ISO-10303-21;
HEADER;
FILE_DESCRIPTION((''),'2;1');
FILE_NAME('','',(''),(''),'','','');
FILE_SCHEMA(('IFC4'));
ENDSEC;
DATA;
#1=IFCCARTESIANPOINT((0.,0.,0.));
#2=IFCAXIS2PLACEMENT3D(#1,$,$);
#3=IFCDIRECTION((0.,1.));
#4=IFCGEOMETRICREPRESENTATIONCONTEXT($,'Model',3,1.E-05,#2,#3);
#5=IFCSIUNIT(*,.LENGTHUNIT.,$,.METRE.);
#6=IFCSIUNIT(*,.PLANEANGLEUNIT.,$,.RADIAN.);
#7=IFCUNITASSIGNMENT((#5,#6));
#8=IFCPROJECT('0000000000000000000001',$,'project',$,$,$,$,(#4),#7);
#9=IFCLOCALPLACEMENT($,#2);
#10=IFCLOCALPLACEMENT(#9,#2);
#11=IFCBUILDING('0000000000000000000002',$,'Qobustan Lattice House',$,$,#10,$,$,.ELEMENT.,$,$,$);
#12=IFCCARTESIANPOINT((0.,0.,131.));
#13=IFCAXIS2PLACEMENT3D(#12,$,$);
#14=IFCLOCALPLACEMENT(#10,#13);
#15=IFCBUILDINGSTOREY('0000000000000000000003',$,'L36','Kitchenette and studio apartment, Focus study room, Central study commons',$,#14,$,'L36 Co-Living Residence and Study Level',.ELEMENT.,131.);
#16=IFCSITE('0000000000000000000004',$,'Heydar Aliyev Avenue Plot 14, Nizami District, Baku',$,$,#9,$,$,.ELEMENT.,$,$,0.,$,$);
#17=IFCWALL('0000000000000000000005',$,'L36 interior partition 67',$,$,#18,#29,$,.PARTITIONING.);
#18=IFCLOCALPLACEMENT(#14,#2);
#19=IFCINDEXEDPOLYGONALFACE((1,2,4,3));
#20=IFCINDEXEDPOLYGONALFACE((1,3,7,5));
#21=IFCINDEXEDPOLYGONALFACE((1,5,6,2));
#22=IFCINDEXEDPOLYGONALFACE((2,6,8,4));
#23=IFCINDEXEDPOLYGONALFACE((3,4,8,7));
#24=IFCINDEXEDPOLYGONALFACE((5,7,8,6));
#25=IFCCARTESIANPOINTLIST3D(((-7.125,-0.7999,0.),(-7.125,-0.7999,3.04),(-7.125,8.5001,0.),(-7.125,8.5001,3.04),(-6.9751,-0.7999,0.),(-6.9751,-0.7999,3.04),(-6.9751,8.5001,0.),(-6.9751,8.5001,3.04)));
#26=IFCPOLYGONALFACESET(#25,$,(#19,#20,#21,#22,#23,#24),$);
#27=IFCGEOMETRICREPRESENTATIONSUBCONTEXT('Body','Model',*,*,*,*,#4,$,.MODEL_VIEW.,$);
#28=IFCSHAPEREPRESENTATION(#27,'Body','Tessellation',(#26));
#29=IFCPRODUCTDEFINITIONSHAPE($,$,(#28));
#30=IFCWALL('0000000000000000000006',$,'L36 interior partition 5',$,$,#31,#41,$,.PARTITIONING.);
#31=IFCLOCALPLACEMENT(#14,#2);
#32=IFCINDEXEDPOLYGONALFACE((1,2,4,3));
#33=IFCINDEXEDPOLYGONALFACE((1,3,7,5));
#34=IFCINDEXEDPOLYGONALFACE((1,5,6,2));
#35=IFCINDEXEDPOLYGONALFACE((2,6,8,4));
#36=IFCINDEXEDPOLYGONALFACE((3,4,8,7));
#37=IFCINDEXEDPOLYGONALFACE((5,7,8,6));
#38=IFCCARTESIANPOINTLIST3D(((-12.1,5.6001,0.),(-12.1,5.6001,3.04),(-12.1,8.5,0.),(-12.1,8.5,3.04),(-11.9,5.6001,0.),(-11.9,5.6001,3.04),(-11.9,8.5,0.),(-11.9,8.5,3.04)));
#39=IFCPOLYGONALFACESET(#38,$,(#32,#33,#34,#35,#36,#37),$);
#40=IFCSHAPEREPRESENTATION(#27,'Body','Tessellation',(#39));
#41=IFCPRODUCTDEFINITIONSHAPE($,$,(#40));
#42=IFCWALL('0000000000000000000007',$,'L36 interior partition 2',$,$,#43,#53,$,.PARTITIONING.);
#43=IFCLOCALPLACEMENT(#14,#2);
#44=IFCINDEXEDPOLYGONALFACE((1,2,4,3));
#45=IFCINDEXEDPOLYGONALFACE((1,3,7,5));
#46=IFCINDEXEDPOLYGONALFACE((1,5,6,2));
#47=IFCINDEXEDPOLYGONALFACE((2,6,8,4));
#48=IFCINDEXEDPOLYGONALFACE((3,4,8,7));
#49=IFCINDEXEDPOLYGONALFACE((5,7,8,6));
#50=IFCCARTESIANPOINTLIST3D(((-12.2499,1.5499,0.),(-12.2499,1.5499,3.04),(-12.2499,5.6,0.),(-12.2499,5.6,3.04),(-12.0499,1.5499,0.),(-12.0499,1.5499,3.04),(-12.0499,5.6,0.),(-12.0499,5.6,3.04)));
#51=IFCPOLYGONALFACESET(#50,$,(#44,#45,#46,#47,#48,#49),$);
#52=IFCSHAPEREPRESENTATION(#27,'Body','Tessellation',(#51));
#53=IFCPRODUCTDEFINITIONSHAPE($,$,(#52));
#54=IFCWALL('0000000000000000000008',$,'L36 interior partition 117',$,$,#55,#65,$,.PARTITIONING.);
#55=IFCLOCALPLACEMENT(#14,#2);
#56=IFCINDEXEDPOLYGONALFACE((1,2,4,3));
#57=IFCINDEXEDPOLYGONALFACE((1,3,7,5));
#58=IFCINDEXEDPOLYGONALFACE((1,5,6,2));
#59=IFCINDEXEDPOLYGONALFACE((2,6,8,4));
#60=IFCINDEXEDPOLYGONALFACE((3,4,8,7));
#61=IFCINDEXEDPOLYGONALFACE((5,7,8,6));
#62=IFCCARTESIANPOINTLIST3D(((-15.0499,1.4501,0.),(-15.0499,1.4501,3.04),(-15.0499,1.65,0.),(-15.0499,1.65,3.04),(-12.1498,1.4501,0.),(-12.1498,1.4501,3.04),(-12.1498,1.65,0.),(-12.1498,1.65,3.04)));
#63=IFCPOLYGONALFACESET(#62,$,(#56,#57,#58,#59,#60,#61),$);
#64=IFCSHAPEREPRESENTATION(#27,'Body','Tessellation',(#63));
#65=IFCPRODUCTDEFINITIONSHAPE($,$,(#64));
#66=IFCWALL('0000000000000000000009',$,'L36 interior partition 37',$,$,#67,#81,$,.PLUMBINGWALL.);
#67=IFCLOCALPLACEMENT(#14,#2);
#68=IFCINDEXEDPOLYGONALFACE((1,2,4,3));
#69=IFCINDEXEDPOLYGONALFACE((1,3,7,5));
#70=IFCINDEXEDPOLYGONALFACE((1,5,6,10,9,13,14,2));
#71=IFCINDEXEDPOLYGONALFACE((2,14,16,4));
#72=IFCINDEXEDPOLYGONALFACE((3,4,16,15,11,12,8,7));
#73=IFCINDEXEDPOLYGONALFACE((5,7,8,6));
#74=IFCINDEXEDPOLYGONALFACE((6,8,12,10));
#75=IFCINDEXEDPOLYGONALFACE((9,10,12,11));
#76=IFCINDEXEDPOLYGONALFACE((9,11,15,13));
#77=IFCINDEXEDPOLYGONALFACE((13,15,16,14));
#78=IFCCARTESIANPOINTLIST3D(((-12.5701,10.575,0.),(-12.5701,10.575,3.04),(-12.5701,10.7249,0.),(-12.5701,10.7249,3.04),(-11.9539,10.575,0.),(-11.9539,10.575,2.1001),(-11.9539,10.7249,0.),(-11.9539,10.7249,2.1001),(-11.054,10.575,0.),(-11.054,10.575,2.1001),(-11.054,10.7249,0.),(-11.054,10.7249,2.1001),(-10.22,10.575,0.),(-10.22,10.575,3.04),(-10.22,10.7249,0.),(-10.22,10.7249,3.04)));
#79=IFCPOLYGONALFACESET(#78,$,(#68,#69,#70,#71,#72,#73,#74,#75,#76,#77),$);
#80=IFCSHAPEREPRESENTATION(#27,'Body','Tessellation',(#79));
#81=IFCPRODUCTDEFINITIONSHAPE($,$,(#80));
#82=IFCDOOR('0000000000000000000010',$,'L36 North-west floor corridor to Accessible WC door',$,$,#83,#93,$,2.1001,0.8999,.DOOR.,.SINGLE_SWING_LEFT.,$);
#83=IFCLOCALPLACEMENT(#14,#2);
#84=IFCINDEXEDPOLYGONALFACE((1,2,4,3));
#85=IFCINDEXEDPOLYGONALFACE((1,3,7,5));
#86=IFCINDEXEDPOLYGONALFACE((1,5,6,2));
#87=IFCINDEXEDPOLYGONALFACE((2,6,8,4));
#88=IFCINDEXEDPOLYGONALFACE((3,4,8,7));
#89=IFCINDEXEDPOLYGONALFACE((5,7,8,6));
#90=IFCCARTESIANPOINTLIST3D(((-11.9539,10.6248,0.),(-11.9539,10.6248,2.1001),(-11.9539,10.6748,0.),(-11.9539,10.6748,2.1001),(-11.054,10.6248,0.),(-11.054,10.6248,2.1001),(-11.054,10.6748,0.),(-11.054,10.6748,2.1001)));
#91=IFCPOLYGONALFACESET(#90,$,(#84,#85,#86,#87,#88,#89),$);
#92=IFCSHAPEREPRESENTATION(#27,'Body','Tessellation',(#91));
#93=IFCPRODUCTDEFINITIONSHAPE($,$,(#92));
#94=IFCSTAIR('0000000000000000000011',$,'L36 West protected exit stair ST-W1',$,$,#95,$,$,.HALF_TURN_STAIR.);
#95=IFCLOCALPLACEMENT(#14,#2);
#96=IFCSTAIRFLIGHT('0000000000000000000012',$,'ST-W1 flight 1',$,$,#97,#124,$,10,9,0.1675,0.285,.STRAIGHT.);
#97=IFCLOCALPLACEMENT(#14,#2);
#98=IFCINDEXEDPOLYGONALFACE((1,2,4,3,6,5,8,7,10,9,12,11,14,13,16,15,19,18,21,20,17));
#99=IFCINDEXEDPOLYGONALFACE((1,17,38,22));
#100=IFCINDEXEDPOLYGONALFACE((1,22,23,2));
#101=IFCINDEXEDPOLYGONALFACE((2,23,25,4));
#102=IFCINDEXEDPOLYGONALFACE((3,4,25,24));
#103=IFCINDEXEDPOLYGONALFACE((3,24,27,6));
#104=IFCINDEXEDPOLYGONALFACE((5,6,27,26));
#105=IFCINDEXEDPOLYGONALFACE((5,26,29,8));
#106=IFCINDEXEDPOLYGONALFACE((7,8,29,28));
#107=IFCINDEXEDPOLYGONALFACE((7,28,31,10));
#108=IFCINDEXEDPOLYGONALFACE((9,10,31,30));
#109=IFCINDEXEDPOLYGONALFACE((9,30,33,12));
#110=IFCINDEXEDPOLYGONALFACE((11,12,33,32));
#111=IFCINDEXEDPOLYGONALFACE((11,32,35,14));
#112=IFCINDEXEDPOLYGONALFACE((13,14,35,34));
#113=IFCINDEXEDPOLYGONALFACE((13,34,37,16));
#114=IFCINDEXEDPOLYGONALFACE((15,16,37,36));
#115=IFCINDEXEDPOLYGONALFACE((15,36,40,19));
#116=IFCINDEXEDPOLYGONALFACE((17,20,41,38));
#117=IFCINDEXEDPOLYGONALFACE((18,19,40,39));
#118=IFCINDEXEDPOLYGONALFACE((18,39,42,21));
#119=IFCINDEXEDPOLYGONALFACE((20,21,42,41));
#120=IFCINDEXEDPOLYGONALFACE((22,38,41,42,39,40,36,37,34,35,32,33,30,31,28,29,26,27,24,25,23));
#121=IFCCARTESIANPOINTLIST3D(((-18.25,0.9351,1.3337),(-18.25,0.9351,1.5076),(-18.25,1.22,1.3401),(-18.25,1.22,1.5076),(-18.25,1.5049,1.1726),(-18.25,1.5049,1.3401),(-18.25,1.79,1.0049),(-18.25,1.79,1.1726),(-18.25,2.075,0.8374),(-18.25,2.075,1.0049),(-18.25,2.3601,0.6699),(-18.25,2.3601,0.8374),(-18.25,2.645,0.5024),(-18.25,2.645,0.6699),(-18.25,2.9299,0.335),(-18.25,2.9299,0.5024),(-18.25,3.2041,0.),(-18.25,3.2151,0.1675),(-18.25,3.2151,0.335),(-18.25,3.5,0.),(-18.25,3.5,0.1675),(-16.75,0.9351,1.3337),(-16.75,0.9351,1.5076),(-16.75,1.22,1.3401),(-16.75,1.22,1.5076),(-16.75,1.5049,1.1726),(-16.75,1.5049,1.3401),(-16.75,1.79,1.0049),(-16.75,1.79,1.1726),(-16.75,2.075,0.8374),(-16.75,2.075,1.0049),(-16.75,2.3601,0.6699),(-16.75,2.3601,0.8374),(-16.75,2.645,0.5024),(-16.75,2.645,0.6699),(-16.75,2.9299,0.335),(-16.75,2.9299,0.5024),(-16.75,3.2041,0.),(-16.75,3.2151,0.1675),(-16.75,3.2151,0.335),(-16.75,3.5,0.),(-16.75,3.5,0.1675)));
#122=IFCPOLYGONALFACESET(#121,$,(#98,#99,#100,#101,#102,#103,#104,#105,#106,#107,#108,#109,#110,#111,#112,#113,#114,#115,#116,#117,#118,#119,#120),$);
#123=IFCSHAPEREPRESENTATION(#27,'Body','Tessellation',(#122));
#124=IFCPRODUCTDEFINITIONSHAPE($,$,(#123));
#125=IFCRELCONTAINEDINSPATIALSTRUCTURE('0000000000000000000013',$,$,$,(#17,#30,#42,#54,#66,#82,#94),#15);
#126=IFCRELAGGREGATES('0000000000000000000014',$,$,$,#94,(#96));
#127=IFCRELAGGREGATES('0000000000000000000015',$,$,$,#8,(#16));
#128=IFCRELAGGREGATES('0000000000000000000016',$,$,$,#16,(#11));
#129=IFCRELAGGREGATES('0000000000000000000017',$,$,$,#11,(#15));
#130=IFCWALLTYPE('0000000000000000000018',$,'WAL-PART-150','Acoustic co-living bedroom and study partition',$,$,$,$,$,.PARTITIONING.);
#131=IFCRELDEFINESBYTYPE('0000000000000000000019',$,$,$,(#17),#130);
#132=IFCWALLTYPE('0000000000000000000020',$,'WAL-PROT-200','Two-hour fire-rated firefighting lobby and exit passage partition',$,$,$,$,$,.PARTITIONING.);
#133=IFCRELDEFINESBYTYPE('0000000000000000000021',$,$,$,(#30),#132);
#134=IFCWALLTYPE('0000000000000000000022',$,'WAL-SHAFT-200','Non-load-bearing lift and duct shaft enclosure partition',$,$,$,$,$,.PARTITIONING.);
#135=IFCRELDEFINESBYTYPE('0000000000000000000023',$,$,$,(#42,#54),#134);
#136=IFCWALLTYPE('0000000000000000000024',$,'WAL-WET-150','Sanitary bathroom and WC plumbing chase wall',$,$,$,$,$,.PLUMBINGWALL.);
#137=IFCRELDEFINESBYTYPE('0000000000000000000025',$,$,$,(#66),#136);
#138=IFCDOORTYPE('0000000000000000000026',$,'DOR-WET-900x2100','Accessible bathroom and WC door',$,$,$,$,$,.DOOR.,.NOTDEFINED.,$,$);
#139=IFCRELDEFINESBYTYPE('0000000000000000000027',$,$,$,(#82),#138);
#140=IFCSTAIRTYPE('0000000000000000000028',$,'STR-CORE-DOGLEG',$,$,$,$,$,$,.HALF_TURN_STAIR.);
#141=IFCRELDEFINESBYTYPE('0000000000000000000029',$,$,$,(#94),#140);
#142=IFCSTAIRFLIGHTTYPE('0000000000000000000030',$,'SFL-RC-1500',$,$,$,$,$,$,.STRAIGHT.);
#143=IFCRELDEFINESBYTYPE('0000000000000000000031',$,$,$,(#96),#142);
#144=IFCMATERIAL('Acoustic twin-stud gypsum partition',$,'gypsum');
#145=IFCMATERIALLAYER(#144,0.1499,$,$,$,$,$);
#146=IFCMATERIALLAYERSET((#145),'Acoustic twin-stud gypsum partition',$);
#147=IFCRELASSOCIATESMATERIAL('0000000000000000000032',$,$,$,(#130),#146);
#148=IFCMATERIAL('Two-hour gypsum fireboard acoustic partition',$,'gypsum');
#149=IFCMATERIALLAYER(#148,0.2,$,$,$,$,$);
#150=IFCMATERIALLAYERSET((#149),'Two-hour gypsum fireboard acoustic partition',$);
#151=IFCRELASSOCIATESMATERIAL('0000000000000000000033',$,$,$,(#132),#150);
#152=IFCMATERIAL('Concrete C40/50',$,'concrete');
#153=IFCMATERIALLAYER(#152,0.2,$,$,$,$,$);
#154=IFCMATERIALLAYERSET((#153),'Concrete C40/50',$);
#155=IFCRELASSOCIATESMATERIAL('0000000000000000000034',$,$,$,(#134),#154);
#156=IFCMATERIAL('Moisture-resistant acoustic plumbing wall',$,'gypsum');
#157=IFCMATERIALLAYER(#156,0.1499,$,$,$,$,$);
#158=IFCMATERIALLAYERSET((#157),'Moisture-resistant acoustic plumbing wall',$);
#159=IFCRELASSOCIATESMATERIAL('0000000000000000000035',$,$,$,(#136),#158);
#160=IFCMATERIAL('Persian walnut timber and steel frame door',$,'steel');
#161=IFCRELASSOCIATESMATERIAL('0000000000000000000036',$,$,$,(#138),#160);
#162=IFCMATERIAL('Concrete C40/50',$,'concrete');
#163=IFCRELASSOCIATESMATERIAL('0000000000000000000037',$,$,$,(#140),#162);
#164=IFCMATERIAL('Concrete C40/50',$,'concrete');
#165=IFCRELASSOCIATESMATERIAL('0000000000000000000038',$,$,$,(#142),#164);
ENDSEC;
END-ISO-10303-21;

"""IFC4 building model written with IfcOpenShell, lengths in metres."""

from ifc_helpers import new_model, si_unit, direction, frame, frame_2d, origin, place, context, subcontext, project, spatial, polyline, rectangle, outline, extrude, material, layer, layer_set, type_object, element, fill, aggregate, save


model = new_model("IFC4")

# Units and contexts
model_context = context("Model", 3, precision=1e-05, world=origin(), true_north=direction((0.0, 1.0)))
body_context = subcontext(model_context, "Body", "Model", "MODEL_VIEW")
ifc_project = project(units=[si_unit("LENGTHUNIT", "METRE"), si_unit("PLANEANGLEUNIT", "RADIAN")], contexts=[model_context])

# Site, building, storey
site_placement = place(None, origin())
site = spatial("IfcSite", under=ifc_project, at=site_placement, Name="Heydar Aliyev Avenue Plot 14, Nizami District, Baku", CompositionType="ELEMENT", RefElevation=0.0)
building_placement = place(site_placement, origin())
building = spatial("IfcBuilding", under=site, at=building_placement, Name="Qobustan Lattice House", CompositionType="ELEMENT")
storey_placement = place(building_placement, frame((0.0, 0.0, 131.0)))
storey = spatial("IfcBuildingStorey", under=building, at=storey_placement, Name="L36", Description="Kitchenette and studio apartment, Focus study room, Central study commons", LongName="L36 Co-Living Residence and Study Level", CompositionType="ELEMENT", Elevation=131.0)

# Shared definitions
ifc_material_1 = material(Name="Acoustic twin-stud gypsum partition", Category="gypsum")
ifc_layer_1 = layer(ifc_material_1, 0.1499)
ifc_layer_set_1 = layer_set([ifc_layer_1], Name="Acoustic twin-stud gypsum partition")
wall_type_1 = type_object("IfcWallType", Name="WAL-PART-150", Description="Acoustic co-living bedroom and study partition", PredefinedType="PARTITIONING", material=ifc_layer_set_1)

# Wall
wall_1_placement = place(storey_placement, frame((-7.05, 8.5, 0.0), z_axis=(0.0, 0.0, 1.0), x_axis=(0.0, -1.0, 0.0)))
element("IfcWall", 1, at=wall_1_placement, inside=storey, type_object=wall_type_1, Name="L36 interior partition 67", PredefinedType="PARTITIONING", context=body_context, shape_type="SweptSolid", body=[
    extrude(rectangle(XDim=9.3, YDim=0.1499, at=frame_2d((4.6499, 0.0))), origin(), (0.0, 0.0, 1.0), 3.04),
])

# Shared definitions
ifc_material_2 = material(Name="Two-hour gypsum fireboard acoustic partition", Category="gypsum")
ifc_layer_2 = layer(ifc_material_2, 0.2)
ifc_layer_set_2 = layer_set([ifc_layer_2], Name="Two-hour gypsum fireboard acoustic partition")
wall_type_2 = type_object("IfcWallType", Name="WAL-PROT-200", Description="Two-hour fire-rated firefighting lobby and exit passage partition", PredefinedType="PARTITIONING", material=ifc_layer_set_2)

# Walls
wall_2_placement = place(storey_placement, frame((-12.0, 5.6001, 0.0), z_axis=(0.0, 0.0, 1.0), x_axis=(0.0, 1.0, 0.0)))
element("IfcWall", 2, at=wall_2_placement, inside=storey, type_object=wall_type_2, Name="L36 interior partition 5", PredefinedType="PARTITIONING", context=body_context, shape_type="SweptSolid", body=[
    extrude(rectangle(XDim=2.8999, YDim=0.2, at=frame_2d((1.45, 0.0))), origin(), (0.0, 0.0, 1.0), 3.04),
])
ifc_material_3 = material(Name="Concrete C40/50", Category="concrete")
ifc_layer_3 = layer(ifc_material_3, 0.2)
ifc_layer_set_3 = layer_set([ifc_layer_3], Name="Concrete C40/50")
wall_type_3 = type_object("IfcWallType", Name="WAL-SHAFT-200", Description="Non-load-bearing lift and duct shaft enclosure partition", PredefinedType="PARTITIONING", material=ifc_layer_set_3)
wall_3_placement = place(storey_placement, frame((-12.1499, 1.55, 0.0), z_axis=(0.0, 0.0, 1.0), x_axis=(0.0, 1.0, 0.0)))
element("IfcWall", 3, at=wall_3_placement, inside=storey, type_object=wall_type_3, Name="L36 interior partition 2", PredefinedType="PARTITIONING", context=body_context, shape_type="SweptSolid", body=[
    extrude(rectangle(XDim=4.05, YDim=0.2, at=frame_2d((2.0249, 0.0))), origin(), (0.0, 0.0, 1.0), 3.04),
])
wall_4_placement = place(storey_placement, frame((-15.05, 1.55, 0.0), z_axis=(0.0, 0.0, 1.0), x_axis=(1.0, 0.0, 0.0)))
element("IfcWall", 4, at=wall_4_placement, inside=storey, type_object=wall_type_3, Name="L36 interior partition 117", PredefinedType="PARTITIONING", context=body_context, shape_type="SweptSolid", body=[
    extrude(rectangle(XDim=2.9001, YDim=0.2, at=frame_2d((1.4502, 0.0))), origin(), (0.0, 0.0, 1.0), 3.04),
])

# Wall, opening, door
ifc_material_4 = material(Name="Moisture-resistant acoustic plumbing wall", Category="gypsum")
ifc_layer_4 = layer(ifc_material_4, 0.1499)
ifc_layer_set_4 = layer_set([ifc_layer_4], Name="Moisture-resistant acoustic plumbing wall")
wall_type_4 = type_object("IfcWallType", Name="WAL-WET-150", Description="Sanitary bathroom and WC plumbing chase wall", PredefinedType="PLUMBINGWALL", material=ifc_layer_set_4)
wall_5_placement = place(storey_placement, frame((-12.5701, 10.6499, 0.0), z_axis=(0.0, 0.0, 1.0), x_axis=(1.0, 0.0, 0.0)))
wall_5 = element("IfcWall", 5, at=wall_5_placement, inside=storey, type_object=wall_type_4, Name="L36 interior partition 37", PredefinedType="PLUMBINGWALL", context=body_context, shape_type="SweptSolid", body=[
    extrude(rectangle(XDim=2.3501, YDim=0.1499, at=frame_2d((1.175, 0.0))), origin(), (0.0, 0.0, 1.0), 3.04),
])
opening_1_placement = place(wall_5_placement, frame((0.6162, 0.0, 0.0)))
opening_1 = element("IfcOpeningElement", 6, at=opening_1_placement, cuts=wall_5, PredefinedType="OPENING", context=body_context, shape_type="SweptSolid", body=[
    extrude(rectangle(XDim=0.8999, YDim=2.1001, at=frame_2d((0.45, 1.05))), frame((0.0, 0.085, 0.0), z_axis=(0.0, -1.0, 0.0), x_axis=(1.0, 0.0, 0.0)), (0.0, 0.0, 1.0), 0.1699),
])
ifc_material_5 = material(Name="Persian walnut timber and steel frame door", Category="steel")
door_type_1 = type_object("IfcDoorType", Name="DOR-WET-900x2100", Description="Accessible bathroom and WC door", OperationType="NOTDEFINED", PredefinedType="DOOR", material=ifc_material_5)
door_1_placement = place(opening_1_placement, origin())
door_1 = element("IfcDoor", 7, at=door_1_placement, inside=storey, type_object=door_type_1, Name="L36 North-west floor corridor to Accessible WC door", OperationType="SINGLE_SWING_LEFT", OverallHeight=2.1001, OverallWidth=0.8999, PredefinedType="DOOR", context=body_context, shape_type="SweptSolid", body=[
    extrude(rectangle(XDim=0.8999, YDim=2.1001, at=frame_2d((0.45, 1.05))), frame((0.0, 0.0249, 0.0), z_axis=(0.0, -1.0, 0.0), x_axis=(1.0, 0.0, 0.0)), (0.0, 0.0, 1.0), 0.05),
])
fill(opening_1, door_1)

# Stair, stair flight
ifc_material_6 = material(Name="Concrete C40/50", Category="concrete")
stair_type = type_object("IfcStairType", Name="STR-CORE-DOGLEG", PredefinedType="HALF_TURN_STAIR", material=ifc_material_6)
stair_placement = place(storey_placement, origin())
stair = element("IfcStair", 8, at=stair_placement, inside=storey, type_object=stair_type, Name="L36 West protected exit stair ST-W1", PredefinedType="HALF_TURN_STAIR")
ifc_material_7 = material(Name="Concrete C40/50", Category="concrete")
stair_flight_type = type_object("IfcStairFlightType", Name="SFL-RC-1500", PredefinedType="STRAIGHT", material=ifc_material_7)
stair_flight_placement = place(storey_placement, frame((-17.5, 3.5, 0.0), z_axis=(0.0, 0.0, 1.0), x_axis=(0.0, -1.0, 0.0)))
stair_flight = element("IfcStairFlight", 9, at=stair_flight_placement, type_object=stair_flight_type, Name="ST-W1 flight 1", NumberOfRisers=10, NumberOfTreads=9, PredefinedType="STRAIGHT", RiserHeight=0.1675, TreadLength=0.285, context=body_context, shape_type="SweptSolid", body=[
    extrude(outline(polyline([(0.0, 0.0), (0.0, 0.1675), (0.2849, 0.1675), (0.2849, 0.335), (0.5701, 0.335), (0.5701, 0.5024), (0.855, 0.5024), (0.855, 0.6699), (1.1399, 0.6699), (1.1399, 0.8374), (1.425, 0.8374), (1.425, 1.0049), (1.71, 1.0049), (1.71, 1.1726), (1.9951, 1.1726), (1.9951, 1.3401), (2.28, 1.3401), (2.28, 1.5076), (2.5649, 1.5076), (2.5649, 1.675), (2.5649, 1.3337), (0.2959, 0.0), (0.0, 0.0)])), frame((0.0, 0.75, 0.0), z_axis=(0.0, -1.0, 0.0), x_axis=(1.0, 0.0, 0.0)), (0.0, 0.0, 1.0), 1.5),
])
aggregate(stair, [stair_flight])

save(model, "model.ifc")
